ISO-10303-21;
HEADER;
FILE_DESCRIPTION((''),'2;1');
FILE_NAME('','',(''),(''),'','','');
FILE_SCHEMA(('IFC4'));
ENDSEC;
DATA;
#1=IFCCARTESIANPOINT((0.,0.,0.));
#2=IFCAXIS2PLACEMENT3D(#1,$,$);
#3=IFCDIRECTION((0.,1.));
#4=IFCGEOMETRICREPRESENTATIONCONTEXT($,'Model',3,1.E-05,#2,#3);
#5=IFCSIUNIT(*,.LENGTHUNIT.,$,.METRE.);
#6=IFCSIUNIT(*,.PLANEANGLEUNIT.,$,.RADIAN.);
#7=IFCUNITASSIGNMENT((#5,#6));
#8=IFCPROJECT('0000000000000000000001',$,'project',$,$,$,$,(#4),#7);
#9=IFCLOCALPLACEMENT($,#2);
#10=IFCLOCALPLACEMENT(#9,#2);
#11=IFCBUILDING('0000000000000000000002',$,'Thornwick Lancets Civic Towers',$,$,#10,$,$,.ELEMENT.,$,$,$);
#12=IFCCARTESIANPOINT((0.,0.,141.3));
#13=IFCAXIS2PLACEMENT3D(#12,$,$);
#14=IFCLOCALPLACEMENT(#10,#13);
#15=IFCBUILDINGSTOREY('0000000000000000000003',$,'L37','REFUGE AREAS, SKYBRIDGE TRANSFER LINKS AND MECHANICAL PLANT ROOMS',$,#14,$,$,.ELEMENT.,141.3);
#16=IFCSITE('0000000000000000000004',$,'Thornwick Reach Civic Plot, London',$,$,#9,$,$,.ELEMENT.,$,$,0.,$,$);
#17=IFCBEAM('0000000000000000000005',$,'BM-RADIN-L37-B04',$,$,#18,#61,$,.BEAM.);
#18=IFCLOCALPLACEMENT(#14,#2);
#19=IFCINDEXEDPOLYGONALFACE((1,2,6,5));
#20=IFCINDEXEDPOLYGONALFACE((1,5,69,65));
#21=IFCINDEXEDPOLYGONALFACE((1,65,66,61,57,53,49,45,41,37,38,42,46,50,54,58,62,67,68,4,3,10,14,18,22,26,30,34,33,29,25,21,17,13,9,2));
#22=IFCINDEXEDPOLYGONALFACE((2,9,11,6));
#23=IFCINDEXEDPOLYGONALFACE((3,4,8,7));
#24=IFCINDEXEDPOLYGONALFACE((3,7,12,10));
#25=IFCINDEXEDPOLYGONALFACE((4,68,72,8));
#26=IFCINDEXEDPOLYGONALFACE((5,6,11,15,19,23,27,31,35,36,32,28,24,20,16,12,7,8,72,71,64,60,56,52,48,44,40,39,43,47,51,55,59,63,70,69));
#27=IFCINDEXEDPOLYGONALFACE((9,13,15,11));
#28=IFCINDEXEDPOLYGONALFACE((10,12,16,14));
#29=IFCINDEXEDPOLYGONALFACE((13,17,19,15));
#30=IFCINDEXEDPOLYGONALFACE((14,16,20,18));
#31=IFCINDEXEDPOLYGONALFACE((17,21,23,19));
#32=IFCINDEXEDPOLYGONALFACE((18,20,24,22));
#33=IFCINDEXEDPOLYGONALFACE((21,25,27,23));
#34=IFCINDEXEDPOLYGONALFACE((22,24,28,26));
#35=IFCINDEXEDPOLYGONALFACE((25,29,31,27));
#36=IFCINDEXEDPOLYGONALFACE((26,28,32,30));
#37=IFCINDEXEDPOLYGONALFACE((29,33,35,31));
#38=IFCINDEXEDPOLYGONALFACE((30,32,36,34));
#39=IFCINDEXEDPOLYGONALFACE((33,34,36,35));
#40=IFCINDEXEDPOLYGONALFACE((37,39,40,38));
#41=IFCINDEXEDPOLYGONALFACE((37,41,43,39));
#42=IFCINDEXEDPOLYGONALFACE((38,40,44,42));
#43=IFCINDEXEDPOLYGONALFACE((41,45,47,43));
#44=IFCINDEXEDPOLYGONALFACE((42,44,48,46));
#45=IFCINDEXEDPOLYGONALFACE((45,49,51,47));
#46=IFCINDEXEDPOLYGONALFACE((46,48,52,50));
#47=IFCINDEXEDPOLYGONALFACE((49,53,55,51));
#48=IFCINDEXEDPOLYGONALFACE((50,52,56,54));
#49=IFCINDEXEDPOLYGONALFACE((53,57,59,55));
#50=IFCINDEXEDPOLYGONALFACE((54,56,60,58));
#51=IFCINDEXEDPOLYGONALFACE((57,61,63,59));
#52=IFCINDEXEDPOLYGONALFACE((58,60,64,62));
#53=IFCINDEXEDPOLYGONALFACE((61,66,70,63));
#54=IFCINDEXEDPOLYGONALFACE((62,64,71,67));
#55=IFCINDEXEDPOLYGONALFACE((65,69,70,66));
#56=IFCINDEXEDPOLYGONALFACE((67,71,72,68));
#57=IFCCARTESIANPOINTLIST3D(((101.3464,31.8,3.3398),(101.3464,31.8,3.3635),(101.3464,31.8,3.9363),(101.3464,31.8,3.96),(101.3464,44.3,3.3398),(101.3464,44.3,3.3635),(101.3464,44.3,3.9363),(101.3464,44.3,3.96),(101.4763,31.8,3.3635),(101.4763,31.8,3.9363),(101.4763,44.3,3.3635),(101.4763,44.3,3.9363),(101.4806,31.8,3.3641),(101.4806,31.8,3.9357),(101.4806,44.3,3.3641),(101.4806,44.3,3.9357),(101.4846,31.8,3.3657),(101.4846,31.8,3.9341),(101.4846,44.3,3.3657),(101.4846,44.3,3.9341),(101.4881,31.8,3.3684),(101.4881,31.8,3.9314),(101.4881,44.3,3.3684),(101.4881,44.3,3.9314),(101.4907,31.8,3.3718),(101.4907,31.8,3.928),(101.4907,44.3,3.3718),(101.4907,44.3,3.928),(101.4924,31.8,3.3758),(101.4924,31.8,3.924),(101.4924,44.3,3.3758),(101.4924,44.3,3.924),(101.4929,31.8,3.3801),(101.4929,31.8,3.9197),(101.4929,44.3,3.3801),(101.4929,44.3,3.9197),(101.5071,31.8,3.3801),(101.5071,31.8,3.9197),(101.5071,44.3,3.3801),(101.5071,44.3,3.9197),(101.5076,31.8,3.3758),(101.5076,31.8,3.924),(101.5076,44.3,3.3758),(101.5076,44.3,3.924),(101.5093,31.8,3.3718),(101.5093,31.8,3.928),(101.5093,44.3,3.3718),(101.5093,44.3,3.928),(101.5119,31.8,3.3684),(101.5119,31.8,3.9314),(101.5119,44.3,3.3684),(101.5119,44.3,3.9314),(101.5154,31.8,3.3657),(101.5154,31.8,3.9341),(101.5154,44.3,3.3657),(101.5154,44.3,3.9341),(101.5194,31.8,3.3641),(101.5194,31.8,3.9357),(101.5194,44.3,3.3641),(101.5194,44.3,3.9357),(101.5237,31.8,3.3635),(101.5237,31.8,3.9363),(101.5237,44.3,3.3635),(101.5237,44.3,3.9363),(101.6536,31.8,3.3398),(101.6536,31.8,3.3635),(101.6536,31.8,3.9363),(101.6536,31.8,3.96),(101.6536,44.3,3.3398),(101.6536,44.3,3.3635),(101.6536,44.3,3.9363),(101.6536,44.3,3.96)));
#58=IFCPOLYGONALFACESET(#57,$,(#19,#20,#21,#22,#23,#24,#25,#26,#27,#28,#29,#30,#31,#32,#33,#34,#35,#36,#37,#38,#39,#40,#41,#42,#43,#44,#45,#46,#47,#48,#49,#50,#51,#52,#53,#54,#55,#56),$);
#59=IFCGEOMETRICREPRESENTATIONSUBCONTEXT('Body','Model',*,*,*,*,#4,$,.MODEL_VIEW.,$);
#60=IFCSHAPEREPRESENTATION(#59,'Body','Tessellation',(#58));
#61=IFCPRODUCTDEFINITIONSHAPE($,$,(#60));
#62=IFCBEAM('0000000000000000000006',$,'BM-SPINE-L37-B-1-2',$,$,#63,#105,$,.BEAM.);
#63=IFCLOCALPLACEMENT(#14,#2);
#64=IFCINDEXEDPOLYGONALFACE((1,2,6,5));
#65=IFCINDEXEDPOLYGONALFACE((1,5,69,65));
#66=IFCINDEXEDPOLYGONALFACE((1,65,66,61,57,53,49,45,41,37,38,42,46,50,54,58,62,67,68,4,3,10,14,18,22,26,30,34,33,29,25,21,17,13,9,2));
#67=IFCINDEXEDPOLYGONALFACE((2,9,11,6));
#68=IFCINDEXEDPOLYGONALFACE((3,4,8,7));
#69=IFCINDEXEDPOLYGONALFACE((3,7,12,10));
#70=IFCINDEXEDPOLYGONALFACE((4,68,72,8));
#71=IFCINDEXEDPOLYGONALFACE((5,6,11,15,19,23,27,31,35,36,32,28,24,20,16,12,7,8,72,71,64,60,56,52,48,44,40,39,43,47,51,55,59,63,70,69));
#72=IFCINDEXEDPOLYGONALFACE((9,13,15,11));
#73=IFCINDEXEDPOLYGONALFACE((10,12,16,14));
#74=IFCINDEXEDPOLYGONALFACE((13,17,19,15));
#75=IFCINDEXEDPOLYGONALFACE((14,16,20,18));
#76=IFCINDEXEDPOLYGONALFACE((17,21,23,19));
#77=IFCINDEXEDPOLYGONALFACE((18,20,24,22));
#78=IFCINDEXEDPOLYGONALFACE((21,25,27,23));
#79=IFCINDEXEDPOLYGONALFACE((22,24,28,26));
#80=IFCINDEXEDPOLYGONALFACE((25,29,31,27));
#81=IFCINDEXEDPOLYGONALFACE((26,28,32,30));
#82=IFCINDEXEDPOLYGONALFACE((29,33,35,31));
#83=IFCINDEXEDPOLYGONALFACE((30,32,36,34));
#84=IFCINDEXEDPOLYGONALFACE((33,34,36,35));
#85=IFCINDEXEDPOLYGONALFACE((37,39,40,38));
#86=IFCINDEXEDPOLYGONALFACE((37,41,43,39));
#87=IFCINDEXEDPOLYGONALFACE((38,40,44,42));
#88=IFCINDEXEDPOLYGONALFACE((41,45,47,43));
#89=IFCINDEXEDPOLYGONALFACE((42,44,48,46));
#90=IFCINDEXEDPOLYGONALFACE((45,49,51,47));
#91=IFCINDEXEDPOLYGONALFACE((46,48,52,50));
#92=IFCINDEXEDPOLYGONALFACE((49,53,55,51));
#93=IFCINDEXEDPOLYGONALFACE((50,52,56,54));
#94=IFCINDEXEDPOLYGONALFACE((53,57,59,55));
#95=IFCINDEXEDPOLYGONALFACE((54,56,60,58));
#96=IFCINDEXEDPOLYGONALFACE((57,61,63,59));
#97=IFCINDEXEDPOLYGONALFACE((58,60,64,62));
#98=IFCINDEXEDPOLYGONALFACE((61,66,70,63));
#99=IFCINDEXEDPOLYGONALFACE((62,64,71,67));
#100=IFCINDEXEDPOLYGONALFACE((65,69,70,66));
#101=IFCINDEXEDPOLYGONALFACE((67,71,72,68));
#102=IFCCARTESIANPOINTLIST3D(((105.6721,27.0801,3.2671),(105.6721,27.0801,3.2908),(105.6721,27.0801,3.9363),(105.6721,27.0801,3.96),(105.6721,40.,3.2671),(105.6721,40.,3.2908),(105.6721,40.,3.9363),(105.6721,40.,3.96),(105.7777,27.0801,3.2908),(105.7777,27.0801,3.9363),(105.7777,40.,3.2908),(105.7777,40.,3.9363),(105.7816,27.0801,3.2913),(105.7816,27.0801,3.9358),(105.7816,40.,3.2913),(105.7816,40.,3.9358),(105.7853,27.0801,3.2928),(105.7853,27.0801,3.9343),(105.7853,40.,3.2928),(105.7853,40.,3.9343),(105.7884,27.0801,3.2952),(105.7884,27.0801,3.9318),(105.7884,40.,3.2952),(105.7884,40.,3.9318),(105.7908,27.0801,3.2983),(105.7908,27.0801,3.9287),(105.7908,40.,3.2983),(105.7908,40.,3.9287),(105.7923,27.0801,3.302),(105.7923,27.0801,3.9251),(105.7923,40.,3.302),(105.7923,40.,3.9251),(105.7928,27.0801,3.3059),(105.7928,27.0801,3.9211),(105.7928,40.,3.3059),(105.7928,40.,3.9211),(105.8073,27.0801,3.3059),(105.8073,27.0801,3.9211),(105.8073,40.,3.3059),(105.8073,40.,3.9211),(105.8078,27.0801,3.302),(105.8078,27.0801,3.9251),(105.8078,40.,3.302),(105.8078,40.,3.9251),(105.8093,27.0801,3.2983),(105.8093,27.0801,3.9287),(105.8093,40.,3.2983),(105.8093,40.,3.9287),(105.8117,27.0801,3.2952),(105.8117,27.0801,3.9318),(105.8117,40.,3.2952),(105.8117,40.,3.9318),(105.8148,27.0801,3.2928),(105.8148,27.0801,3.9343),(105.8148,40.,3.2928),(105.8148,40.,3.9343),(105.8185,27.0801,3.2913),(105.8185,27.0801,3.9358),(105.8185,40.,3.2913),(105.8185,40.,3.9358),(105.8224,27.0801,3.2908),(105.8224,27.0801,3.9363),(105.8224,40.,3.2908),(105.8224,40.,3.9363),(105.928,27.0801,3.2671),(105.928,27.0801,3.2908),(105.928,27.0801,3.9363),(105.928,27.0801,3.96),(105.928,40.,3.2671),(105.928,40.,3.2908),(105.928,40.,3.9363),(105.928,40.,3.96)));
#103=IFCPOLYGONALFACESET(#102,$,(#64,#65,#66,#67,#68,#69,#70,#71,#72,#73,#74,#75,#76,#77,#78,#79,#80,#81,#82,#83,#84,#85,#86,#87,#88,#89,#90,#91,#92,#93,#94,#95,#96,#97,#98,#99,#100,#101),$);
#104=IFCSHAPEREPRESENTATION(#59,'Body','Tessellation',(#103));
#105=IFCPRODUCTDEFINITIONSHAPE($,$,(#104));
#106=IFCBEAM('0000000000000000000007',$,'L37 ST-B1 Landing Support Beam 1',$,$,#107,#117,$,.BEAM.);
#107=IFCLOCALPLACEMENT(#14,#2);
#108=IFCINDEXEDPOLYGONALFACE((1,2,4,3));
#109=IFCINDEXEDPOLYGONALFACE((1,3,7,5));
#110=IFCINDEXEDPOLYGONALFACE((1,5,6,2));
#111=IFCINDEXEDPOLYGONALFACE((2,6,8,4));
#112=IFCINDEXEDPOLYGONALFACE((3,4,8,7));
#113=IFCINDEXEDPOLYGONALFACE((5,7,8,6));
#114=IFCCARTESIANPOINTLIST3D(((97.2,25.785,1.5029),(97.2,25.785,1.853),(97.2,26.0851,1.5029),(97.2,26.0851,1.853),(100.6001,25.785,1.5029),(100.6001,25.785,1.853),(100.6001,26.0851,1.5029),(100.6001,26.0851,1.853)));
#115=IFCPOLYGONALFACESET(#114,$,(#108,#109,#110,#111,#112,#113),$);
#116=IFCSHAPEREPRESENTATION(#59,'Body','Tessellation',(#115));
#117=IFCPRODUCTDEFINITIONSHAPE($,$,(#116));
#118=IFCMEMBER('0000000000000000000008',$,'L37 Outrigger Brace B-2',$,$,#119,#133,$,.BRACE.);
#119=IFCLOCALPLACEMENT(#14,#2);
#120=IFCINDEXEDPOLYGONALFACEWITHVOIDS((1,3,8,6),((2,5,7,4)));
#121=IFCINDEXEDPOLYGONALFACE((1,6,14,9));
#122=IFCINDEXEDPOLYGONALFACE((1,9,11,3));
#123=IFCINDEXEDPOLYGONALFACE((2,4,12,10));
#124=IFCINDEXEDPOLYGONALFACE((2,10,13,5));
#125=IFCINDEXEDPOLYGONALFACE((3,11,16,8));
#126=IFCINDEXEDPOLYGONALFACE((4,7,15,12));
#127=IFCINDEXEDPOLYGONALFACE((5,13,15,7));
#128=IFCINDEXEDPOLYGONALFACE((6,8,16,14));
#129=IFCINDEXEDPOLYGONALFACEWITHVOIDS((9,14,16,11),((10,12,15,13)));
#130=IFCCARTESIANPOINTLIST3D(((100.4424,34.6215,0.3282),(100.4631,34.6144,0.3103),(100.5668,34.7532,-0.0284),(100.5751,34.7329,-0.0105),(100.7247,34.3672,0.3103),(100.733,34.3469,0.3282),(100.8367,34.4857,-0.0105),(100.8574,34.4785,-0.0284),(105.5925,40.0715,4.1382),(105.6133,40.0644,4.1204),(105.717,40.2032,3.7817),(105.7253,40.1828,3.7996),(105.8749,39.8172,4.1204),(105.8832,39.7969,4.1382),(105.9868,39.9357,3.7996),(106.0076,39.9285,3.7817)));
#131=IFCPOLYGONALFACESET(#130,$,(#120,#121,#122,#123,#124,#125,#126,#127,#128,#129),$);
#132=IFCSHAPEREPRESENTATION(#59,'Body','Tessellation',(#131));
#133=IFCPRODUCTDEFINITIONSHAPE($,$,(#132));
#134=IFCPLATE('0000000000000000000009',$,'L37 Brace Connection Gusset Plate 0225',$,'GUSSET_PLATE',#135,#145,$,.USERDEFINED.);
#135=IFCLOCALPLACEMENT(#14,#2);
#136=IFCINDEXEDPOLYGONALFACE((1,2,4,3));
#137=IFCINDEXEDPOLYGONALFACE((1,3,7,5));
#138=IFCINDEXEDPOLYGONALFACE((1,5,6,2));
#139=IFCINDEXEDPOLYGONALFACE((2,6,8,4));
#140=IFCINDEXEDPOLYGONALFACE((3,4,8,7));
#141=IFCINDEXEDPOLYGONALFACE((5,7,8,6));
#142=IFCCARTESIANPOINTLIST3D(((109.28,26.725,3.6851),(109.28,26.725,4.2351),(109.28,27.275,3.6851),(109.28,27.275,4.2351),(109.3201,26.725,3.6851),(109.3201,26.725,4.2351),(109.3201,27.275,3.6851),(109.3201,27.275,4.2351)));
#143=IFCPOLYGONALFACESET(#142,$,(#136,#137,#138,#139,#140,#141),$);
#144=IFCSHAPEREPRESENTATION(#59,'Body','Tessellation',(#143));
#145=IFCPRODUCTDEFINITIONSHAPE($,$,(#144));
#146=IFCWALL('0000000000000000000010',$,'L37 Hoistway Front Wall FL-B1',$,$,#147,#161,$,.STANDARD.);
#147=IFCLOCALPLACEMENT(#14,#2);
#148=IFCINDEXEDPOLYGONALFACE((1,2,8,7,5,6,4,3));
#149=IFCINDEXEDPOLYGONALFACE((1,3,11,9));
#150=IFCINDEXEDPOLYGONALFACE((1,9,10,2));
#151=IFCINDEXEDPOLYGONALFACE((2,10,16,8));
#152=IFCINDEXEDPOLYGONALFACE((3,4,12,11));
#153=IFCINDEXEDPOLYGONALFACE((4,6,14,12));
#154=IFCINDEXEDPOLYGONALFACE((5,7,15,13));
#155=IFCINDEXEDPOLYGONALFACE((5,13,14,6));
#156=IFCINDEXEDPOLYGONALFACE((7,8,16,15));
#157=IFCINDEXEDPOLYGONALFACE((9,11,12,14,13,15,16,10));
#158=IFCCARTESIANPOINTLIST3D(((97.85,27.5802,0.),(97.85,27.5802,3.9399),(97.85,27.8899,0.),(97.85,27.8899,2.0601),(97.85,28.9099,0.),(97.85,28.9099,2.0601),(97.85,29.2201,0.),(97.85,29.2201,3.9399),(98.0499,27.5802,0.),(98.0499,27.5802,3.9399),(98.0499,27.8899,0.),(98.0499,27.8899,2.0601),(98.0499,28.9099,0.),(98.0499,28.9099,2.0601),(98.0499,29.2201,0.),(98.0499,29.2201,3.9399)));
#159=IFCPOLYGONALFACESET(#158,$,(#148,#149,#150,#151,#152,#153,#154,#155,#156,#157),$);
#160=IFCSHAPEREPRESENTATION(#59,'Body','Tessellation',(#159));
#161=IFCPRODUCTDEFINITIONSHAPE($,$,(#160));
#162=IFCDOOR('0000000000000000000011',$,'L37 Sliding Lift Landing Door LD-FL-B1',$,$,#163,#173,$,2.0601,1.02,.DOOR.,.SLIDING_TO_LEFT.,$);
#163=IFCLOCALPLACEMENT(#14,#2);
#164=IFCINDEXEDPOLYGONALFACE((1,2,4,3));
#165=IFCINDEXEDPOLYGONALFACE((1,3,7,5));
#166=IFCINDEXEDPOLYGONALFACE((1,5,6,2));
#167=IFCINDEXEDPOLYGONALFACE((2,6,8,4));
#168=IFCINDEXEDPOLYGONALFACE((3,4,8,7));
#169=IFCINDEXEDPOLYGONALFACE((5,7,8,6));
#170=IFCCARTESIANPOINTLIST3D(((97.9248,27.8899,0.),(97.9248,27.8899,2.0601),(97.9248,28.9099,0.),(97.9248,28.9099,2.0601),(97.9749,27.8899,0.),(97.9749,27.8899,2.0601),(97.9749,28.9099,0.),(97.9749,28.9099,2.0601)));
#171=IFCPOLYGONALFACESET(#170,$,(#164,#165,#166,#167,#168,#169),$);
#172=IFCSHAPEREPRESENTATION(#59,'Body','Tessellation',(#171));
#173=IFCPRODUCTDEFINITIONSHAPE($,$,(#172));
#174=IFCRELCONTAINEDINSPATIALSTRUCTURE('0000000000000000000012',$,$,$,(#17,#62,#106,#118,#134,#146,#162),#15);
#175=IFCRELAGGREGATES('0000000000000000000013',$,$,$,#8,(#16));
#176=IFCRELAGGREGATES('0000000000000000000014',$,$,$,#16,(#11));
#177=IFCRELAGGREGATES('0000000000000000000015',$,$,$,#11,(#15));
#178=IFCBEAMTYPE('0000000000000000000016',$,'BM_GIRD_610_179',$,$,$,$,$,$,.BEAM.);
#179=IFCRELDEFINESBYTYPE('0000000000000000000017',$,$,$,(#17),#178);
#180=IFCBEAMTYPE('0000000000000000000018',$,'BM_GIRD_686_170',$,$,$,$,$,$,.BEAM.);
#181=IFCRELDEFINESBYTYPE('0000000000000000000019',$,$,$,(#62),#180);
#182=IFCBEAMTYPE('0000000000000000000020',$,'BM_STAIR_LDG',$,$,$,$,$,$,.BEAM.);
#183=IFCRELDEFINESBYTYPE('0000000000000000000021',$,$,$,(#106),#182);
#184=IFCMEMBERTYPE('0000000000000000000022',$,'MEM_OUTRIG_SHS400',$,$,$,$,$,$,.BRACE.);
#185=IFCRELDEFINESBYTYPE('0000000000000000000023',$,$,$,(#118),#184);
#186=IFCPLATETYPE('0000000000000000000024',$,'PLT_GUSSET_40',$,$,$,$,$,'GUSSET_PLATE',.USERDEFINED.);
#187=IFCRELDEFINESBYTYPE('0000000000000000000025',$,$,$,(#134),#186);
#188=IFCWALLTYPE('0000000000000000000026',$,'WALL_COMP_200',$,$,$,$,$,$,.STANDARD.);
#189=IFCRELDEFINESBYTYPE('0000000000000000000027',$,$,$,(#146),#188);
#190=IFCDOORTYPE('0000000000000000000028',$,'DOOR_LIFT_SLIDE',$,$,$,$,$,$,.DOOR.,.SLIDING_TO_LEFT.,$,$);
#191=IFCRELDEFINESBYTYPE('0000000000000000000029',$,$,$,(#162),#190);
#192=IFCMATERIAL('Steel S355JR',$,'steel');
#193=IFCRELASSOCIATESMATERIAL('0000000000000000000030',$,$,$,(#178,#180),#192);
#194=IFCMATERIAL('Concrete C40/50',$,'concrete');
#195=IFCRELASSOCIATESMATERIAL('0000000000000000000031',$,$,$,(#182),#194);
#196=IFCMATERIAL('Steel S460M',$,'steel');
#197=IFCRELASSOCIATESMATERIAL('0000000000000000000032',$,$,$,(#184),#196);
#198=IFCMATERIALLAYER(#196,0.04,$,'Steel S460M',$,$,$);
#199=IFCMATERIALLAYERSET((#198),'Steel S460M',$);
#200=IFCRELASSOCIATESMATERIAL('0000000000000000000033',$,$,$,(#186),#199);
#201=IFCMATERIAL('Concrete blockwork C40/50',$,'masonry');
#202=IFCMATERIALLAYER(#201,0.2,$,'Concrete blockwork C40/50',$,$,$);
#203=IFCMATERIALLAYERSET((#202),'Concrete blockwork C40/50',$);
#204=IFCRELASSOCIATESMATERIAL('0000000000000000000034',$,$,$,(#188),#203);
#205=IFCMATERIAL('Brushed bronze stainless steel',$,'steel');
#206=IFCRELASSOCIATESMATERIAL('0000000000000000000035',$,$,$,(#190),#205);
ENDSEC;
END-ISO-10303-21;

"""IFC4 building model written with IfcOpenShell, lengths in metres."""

from ifc_helpers import new_model, si_unit, direction, frame, frame_2d, origin, origin_2d, place, context, subcontext, project, spatial, rectangle, hollow_rectangle, i_section, extrude, material, layer, layer_set, material_profile, profile_set, type_object, element, fill, save


model = new_model("IFC4")

# Units and contexts
model_context = context("Model", 3, precision=1e-05, world=origin(), true_north=direction((0.0, 1.0)))
body_context = subcontext(model_context, "Body", "Model", "MODEL_VIEW")
ifc_project = project(units=[si_unit("LENGTHUNIT", "METRE"), si_unit("PLANEANGLEUNIT", "RADIAN")], contexts=[model_context])

# Site, building, storey
site_placement = place(None, origin())
site = spatial("IfcSite", under=ifc_project, at=site_placement, Name="Thornwick Reach Civic Plot, London", CompositionType="ELEMENT", RefElevation=0.0)
building_placement = place(site_placement, origin())
building = spatial("IfcBuilding", under=site, at=building_placement, Name="Thornwick Lancets Civic Towers", CompositionType="ELEMENT")
storey_placement = place(building_placement, frame((0.0, 0.0, 141.3)))
storey = spatial("IfcBuildingStorey", under=building, at=storey_placement, Name="L37", Description="REFUGE AREAS, SKYBRIDGE TRANSFER LINKS AND MECHANICAL PLANT ROOMS", CompositionType="ELEMENT", Elevation=141.3)

# Shared definitions
ifc_material_1 = material(Name="Steel S460M", Category="steel")

# Beams
ifc_material_2 = material(Name="Steel S355JR", Category="steel")
ifc_material_profile_1 = material_profile(ifc_material_2, i_section(OverallWidth=0.3071, OverallDepth=0.6201, WebThickness=0.0142, FlangeThickness=0.0237, FilletRadius=0.0166, at=origin_2d()), Name="UKB 610x305x179")
ifc_profile_set_1 = profile_set([ifc_material_profile_1], Name="Steel S355JR")
beam_type_1 = type_object("IfcBeamType", Name="BM_GIRD_610_179", PredefinedType="BEAM", material=ifc_profile_set_1)
beam_1_placement = place(storey_placement, frame((101.5, 31.8, 3.6499), z_axis=(0.0, 1.0, 0.0), x_axis=(-1.0, 0.0, 0.0)))
element("IfcBeam", 1, at=beam_1_placement, inside=storey, type_object=beam_type_1, Name="BM-RADIN-L37-B04", PredefinedType="BEAM", context=body_context, shape_type="SweptSolid", body=[
    extrude(i_section(OverallWidth=0.3071, OverallDepth=0.6201, WebThickness=0.0142, FlangeThickness=0.0237, FilletRadius=0.0166, at=origin_2d()), origin(), (0.0, 0.0, 1.0), 12.5),
])
ifc_material_profile_2 = material_profile(ifc_material_2, i_section(OverallWidth=0.2559, OverallDepth=0.6929, WebThickness=0.0144, FlangeThickness=0.0237, FilletRadius=0.0151, at=origin_2d()), Name="UKB 686x254x170")
ifc_profile_set_2 = profile_set([ifc_material_profile_2], Name="Steel S355JR")
beam_type_2 = type_object("IfcBeamType", Name="BM_GIRD_686_170", PredefinedType="BEAM", material=ifc_profile_set_2)
beam_2_placement = place(storey_placement, frame((105.8, 27.0801, 3.6135), z_axis=(0.0, 1.0, 0.0), x_axis=(-1.0, 0.0, 0.0)))
element("IfcBeam", 2, at=beam_2_placement, inside=storey, type_object=beam_type_2, Name="BM-SPINE-L37-B-1-2", PredefinedType="BEAM", context=body_context, shape_type="SweptSolid", body=[
    extrude(i_section(OverallWidth=0.2559, OverallDepth=0.6929, WebThickness=0.0144, FlangeThickness=0.0237, FilletRadius=0.0151, at=origin_2d()), origin(), (0.0, 0.0, 1.0), 12.9199),
])
ifc_material_3 = material(Name="Concrete C40/50", Category="concrete")
ifc_material_profile_3 = material_profile(ifc_material_3, rectangle(XDim=0.3, YDim=0.3501, at=origin_2d()), Name="RC 300x350")
ifc_profile_set_3 = profile_set([ifc_material_profile_3], Name="Concrete C40/50")
beam_type_3 = type_object("IfcBeamType", Name="BM_STAIR_LDG", PredefinedType="BEAM", material=ifc_profile_set_3)
beam_3_placement = place(storey_placement, frame((100.6001, 25.9351, 1.678), z_axis=(-1.0, 0.0, 0.0), x_axis=(0.0, -1.0, 0.0)))
element("IfcBeam", 3, at=beam_3_placement, inside=storey, type_object=beam_type_3, Name="L37 ST-B1 Landing Support Beam 1", PredefinedType="BEAM", context=body_context, shape_type="SweptSolid", body=[
    extrude(rectangle(XDim=0.3, YDim=0.3501, at=origin_2d()), origin(), (0.0, 0.0, 1.0), 3.4001),
])

# Member
ifc_material_profile_4 = material_profile(ifc_material_1, hollow_rectangle(XDim=0.3999, YDim=0.3999, WallThickness=0.02, at=origin_2d()), Name="SHS 400x400x20")
ifc_profile_set_4 = profile_set([ifc_material_profile_4], Name="Steel S460M")
member_type = type_object("IfcMemberType", Name="MEM_OUTRIG_SHS400", PredefinedType="BRACE", material=ifc_profile_set_4)
member_placement = place(storey_placement, frame((100.6499, 34.55, 0.1499), z_axis=(0.612321, 0.647966, 0.452993), x_axis=(-0.726815, 0.686833, 0.0)))
element("IfcMember", 4, at=member_placement, inside=storey, type_object=member_type, Name="L37 Outrigger Brace B-2", PredefinedType="BRACE", context=body_context, shape_type="SweptSolid", body=[
    extrude(hollow_rectangle(XDim=0.3999, YDim=0.3999, WallThickness=0.02, at=origin_2d()), origin(), (0.0, 0.0, 1.0), 8.4109),
])

# Plate
ifc_layer_1 = layer(ifc_material_1, 0.04, Name="Steel S460M")
ifc_layer_set_1 = layer_set([ifc_layer_1], Name="Steel S460M")
plate_type = type_object("IfcPlateType", Name="PLT_GUSSET_40", ElementType="GUSSET_PLATE", PredefinedType="USERDEFINED", material=ifc_layer_set_1)
plate_placement = place(storey_placement, frame((109.3, 27.0, 3.6851), z_axis=(0.0, 0.0, 1.0), x_axis=(0.0, 1.0, 0.0)))
element("IfcPlate", 5, at=plate_placement, inside=storey, type_object=plate_type, Name="L37 Brace Connection Gusset Plate 0225", ObjectType="GUSSET_PLATE", PredefinedType="USERDEFINED", context=body_context, shape_type="SweptSolid", body=[
    extrude(rectangle(XDim=0.55, YDim=0.04, at=origin_2d()), origin(), (0.0, 0.0, 1.0), 0.55),
])

# Wall, opening, door
ifc_material_4 = material(Name="Concrete blockwork C40/50", Category="masonry")
ifc_layer_2 = layer(ifc_material_4, 0.2, Name="Concrete blockwork C40/50")
ifc_layer_set_2 = layer_set([ifc_layer_2], Name="Concrete blockwork C40/50")
wall_type_1 = type_object("IfcWallType", Name="WALL_COMP_200", PredefinedType="STANDARD", material=ifc_layer_set_2)
wall_1_placement = place(storey_placement, frame((97.95, 29.22, 0.0), z_axis=(0.0, 0.0, 1.0), x_axis=(0.0, -1.0, 0.0)))
wall_1 = element("IfcWall", 6, at=wall_1_placement, inside=storey, type_object=wall_type_1, Name="L37 Hoistway Front Wall FL-B1", PredefinedType="STANDARD", context=body_context, shape_type="SweptSolid", body=[
    extrude(rectangle(XDim=1.6399, YDim=0.2, at=frame_2d((0.8198, 0.0))), origin(), (0.0, 0.0, 1.0), 3.9399),
])
opening_1_placement = place(wall_1_placement, frame((0.3101, 0.0, 0.0)))
opening_1 = element("IfcOpeningElement", 7, at=opening_1_placement, cuts=wall_1, PredefinedType="OPENING", context=body_context, shape_type="SweptSolid", body=[
    extrude(rectangle(XDim=1.02, YDim=2.0601, at=frame_2d((0.51, 1.03))), frame((0.0, 0.1099, 0.0), z_axis=(0.0, -1.0, 0.0), x_axis=(1.0, 0.0, 0.0)), (0.0, 0.0, 1.0), 0.22),
])
ifc_material_5 = material(Name="Brushed bronze stainless steel", Category="steel")
door_type = type_object("IfcDoorType", Name="DOOR_LIFT_SLIDE", OperationType="SLIDING_TO_LEFT", PredefinedType="DOOR", material=ifc_material_5)
door_1_placement = place(opening_1_placement, origin())
door_1 = element("IfcDoor", 8, at=door_1_placement, inside=storey, type_object=door_type, Name="L37 Sliding Lift Landing Door LD-FL-B1", OperationType="SLIDING_TO_LEFT", OverallHeight=2.0601, OverallWidth=1.02, PredefinedType="DOOR", context=body_context, shape_type="SweptSolid", body=[
    extrude(rectangle(XDim=1.02, YDim=2.0601, at=frame_2d((0.51, 1.03))), frame((0.0, 0.0249, 0.0), z_axis=(0.0, -1.0, 0.0), x_axis=(1.0, 0.0, 0.0)), (0.0, 0.0, 1.0), 0.05),
])
fill(opening_1, door_1)

save(model, "model.ifc")
